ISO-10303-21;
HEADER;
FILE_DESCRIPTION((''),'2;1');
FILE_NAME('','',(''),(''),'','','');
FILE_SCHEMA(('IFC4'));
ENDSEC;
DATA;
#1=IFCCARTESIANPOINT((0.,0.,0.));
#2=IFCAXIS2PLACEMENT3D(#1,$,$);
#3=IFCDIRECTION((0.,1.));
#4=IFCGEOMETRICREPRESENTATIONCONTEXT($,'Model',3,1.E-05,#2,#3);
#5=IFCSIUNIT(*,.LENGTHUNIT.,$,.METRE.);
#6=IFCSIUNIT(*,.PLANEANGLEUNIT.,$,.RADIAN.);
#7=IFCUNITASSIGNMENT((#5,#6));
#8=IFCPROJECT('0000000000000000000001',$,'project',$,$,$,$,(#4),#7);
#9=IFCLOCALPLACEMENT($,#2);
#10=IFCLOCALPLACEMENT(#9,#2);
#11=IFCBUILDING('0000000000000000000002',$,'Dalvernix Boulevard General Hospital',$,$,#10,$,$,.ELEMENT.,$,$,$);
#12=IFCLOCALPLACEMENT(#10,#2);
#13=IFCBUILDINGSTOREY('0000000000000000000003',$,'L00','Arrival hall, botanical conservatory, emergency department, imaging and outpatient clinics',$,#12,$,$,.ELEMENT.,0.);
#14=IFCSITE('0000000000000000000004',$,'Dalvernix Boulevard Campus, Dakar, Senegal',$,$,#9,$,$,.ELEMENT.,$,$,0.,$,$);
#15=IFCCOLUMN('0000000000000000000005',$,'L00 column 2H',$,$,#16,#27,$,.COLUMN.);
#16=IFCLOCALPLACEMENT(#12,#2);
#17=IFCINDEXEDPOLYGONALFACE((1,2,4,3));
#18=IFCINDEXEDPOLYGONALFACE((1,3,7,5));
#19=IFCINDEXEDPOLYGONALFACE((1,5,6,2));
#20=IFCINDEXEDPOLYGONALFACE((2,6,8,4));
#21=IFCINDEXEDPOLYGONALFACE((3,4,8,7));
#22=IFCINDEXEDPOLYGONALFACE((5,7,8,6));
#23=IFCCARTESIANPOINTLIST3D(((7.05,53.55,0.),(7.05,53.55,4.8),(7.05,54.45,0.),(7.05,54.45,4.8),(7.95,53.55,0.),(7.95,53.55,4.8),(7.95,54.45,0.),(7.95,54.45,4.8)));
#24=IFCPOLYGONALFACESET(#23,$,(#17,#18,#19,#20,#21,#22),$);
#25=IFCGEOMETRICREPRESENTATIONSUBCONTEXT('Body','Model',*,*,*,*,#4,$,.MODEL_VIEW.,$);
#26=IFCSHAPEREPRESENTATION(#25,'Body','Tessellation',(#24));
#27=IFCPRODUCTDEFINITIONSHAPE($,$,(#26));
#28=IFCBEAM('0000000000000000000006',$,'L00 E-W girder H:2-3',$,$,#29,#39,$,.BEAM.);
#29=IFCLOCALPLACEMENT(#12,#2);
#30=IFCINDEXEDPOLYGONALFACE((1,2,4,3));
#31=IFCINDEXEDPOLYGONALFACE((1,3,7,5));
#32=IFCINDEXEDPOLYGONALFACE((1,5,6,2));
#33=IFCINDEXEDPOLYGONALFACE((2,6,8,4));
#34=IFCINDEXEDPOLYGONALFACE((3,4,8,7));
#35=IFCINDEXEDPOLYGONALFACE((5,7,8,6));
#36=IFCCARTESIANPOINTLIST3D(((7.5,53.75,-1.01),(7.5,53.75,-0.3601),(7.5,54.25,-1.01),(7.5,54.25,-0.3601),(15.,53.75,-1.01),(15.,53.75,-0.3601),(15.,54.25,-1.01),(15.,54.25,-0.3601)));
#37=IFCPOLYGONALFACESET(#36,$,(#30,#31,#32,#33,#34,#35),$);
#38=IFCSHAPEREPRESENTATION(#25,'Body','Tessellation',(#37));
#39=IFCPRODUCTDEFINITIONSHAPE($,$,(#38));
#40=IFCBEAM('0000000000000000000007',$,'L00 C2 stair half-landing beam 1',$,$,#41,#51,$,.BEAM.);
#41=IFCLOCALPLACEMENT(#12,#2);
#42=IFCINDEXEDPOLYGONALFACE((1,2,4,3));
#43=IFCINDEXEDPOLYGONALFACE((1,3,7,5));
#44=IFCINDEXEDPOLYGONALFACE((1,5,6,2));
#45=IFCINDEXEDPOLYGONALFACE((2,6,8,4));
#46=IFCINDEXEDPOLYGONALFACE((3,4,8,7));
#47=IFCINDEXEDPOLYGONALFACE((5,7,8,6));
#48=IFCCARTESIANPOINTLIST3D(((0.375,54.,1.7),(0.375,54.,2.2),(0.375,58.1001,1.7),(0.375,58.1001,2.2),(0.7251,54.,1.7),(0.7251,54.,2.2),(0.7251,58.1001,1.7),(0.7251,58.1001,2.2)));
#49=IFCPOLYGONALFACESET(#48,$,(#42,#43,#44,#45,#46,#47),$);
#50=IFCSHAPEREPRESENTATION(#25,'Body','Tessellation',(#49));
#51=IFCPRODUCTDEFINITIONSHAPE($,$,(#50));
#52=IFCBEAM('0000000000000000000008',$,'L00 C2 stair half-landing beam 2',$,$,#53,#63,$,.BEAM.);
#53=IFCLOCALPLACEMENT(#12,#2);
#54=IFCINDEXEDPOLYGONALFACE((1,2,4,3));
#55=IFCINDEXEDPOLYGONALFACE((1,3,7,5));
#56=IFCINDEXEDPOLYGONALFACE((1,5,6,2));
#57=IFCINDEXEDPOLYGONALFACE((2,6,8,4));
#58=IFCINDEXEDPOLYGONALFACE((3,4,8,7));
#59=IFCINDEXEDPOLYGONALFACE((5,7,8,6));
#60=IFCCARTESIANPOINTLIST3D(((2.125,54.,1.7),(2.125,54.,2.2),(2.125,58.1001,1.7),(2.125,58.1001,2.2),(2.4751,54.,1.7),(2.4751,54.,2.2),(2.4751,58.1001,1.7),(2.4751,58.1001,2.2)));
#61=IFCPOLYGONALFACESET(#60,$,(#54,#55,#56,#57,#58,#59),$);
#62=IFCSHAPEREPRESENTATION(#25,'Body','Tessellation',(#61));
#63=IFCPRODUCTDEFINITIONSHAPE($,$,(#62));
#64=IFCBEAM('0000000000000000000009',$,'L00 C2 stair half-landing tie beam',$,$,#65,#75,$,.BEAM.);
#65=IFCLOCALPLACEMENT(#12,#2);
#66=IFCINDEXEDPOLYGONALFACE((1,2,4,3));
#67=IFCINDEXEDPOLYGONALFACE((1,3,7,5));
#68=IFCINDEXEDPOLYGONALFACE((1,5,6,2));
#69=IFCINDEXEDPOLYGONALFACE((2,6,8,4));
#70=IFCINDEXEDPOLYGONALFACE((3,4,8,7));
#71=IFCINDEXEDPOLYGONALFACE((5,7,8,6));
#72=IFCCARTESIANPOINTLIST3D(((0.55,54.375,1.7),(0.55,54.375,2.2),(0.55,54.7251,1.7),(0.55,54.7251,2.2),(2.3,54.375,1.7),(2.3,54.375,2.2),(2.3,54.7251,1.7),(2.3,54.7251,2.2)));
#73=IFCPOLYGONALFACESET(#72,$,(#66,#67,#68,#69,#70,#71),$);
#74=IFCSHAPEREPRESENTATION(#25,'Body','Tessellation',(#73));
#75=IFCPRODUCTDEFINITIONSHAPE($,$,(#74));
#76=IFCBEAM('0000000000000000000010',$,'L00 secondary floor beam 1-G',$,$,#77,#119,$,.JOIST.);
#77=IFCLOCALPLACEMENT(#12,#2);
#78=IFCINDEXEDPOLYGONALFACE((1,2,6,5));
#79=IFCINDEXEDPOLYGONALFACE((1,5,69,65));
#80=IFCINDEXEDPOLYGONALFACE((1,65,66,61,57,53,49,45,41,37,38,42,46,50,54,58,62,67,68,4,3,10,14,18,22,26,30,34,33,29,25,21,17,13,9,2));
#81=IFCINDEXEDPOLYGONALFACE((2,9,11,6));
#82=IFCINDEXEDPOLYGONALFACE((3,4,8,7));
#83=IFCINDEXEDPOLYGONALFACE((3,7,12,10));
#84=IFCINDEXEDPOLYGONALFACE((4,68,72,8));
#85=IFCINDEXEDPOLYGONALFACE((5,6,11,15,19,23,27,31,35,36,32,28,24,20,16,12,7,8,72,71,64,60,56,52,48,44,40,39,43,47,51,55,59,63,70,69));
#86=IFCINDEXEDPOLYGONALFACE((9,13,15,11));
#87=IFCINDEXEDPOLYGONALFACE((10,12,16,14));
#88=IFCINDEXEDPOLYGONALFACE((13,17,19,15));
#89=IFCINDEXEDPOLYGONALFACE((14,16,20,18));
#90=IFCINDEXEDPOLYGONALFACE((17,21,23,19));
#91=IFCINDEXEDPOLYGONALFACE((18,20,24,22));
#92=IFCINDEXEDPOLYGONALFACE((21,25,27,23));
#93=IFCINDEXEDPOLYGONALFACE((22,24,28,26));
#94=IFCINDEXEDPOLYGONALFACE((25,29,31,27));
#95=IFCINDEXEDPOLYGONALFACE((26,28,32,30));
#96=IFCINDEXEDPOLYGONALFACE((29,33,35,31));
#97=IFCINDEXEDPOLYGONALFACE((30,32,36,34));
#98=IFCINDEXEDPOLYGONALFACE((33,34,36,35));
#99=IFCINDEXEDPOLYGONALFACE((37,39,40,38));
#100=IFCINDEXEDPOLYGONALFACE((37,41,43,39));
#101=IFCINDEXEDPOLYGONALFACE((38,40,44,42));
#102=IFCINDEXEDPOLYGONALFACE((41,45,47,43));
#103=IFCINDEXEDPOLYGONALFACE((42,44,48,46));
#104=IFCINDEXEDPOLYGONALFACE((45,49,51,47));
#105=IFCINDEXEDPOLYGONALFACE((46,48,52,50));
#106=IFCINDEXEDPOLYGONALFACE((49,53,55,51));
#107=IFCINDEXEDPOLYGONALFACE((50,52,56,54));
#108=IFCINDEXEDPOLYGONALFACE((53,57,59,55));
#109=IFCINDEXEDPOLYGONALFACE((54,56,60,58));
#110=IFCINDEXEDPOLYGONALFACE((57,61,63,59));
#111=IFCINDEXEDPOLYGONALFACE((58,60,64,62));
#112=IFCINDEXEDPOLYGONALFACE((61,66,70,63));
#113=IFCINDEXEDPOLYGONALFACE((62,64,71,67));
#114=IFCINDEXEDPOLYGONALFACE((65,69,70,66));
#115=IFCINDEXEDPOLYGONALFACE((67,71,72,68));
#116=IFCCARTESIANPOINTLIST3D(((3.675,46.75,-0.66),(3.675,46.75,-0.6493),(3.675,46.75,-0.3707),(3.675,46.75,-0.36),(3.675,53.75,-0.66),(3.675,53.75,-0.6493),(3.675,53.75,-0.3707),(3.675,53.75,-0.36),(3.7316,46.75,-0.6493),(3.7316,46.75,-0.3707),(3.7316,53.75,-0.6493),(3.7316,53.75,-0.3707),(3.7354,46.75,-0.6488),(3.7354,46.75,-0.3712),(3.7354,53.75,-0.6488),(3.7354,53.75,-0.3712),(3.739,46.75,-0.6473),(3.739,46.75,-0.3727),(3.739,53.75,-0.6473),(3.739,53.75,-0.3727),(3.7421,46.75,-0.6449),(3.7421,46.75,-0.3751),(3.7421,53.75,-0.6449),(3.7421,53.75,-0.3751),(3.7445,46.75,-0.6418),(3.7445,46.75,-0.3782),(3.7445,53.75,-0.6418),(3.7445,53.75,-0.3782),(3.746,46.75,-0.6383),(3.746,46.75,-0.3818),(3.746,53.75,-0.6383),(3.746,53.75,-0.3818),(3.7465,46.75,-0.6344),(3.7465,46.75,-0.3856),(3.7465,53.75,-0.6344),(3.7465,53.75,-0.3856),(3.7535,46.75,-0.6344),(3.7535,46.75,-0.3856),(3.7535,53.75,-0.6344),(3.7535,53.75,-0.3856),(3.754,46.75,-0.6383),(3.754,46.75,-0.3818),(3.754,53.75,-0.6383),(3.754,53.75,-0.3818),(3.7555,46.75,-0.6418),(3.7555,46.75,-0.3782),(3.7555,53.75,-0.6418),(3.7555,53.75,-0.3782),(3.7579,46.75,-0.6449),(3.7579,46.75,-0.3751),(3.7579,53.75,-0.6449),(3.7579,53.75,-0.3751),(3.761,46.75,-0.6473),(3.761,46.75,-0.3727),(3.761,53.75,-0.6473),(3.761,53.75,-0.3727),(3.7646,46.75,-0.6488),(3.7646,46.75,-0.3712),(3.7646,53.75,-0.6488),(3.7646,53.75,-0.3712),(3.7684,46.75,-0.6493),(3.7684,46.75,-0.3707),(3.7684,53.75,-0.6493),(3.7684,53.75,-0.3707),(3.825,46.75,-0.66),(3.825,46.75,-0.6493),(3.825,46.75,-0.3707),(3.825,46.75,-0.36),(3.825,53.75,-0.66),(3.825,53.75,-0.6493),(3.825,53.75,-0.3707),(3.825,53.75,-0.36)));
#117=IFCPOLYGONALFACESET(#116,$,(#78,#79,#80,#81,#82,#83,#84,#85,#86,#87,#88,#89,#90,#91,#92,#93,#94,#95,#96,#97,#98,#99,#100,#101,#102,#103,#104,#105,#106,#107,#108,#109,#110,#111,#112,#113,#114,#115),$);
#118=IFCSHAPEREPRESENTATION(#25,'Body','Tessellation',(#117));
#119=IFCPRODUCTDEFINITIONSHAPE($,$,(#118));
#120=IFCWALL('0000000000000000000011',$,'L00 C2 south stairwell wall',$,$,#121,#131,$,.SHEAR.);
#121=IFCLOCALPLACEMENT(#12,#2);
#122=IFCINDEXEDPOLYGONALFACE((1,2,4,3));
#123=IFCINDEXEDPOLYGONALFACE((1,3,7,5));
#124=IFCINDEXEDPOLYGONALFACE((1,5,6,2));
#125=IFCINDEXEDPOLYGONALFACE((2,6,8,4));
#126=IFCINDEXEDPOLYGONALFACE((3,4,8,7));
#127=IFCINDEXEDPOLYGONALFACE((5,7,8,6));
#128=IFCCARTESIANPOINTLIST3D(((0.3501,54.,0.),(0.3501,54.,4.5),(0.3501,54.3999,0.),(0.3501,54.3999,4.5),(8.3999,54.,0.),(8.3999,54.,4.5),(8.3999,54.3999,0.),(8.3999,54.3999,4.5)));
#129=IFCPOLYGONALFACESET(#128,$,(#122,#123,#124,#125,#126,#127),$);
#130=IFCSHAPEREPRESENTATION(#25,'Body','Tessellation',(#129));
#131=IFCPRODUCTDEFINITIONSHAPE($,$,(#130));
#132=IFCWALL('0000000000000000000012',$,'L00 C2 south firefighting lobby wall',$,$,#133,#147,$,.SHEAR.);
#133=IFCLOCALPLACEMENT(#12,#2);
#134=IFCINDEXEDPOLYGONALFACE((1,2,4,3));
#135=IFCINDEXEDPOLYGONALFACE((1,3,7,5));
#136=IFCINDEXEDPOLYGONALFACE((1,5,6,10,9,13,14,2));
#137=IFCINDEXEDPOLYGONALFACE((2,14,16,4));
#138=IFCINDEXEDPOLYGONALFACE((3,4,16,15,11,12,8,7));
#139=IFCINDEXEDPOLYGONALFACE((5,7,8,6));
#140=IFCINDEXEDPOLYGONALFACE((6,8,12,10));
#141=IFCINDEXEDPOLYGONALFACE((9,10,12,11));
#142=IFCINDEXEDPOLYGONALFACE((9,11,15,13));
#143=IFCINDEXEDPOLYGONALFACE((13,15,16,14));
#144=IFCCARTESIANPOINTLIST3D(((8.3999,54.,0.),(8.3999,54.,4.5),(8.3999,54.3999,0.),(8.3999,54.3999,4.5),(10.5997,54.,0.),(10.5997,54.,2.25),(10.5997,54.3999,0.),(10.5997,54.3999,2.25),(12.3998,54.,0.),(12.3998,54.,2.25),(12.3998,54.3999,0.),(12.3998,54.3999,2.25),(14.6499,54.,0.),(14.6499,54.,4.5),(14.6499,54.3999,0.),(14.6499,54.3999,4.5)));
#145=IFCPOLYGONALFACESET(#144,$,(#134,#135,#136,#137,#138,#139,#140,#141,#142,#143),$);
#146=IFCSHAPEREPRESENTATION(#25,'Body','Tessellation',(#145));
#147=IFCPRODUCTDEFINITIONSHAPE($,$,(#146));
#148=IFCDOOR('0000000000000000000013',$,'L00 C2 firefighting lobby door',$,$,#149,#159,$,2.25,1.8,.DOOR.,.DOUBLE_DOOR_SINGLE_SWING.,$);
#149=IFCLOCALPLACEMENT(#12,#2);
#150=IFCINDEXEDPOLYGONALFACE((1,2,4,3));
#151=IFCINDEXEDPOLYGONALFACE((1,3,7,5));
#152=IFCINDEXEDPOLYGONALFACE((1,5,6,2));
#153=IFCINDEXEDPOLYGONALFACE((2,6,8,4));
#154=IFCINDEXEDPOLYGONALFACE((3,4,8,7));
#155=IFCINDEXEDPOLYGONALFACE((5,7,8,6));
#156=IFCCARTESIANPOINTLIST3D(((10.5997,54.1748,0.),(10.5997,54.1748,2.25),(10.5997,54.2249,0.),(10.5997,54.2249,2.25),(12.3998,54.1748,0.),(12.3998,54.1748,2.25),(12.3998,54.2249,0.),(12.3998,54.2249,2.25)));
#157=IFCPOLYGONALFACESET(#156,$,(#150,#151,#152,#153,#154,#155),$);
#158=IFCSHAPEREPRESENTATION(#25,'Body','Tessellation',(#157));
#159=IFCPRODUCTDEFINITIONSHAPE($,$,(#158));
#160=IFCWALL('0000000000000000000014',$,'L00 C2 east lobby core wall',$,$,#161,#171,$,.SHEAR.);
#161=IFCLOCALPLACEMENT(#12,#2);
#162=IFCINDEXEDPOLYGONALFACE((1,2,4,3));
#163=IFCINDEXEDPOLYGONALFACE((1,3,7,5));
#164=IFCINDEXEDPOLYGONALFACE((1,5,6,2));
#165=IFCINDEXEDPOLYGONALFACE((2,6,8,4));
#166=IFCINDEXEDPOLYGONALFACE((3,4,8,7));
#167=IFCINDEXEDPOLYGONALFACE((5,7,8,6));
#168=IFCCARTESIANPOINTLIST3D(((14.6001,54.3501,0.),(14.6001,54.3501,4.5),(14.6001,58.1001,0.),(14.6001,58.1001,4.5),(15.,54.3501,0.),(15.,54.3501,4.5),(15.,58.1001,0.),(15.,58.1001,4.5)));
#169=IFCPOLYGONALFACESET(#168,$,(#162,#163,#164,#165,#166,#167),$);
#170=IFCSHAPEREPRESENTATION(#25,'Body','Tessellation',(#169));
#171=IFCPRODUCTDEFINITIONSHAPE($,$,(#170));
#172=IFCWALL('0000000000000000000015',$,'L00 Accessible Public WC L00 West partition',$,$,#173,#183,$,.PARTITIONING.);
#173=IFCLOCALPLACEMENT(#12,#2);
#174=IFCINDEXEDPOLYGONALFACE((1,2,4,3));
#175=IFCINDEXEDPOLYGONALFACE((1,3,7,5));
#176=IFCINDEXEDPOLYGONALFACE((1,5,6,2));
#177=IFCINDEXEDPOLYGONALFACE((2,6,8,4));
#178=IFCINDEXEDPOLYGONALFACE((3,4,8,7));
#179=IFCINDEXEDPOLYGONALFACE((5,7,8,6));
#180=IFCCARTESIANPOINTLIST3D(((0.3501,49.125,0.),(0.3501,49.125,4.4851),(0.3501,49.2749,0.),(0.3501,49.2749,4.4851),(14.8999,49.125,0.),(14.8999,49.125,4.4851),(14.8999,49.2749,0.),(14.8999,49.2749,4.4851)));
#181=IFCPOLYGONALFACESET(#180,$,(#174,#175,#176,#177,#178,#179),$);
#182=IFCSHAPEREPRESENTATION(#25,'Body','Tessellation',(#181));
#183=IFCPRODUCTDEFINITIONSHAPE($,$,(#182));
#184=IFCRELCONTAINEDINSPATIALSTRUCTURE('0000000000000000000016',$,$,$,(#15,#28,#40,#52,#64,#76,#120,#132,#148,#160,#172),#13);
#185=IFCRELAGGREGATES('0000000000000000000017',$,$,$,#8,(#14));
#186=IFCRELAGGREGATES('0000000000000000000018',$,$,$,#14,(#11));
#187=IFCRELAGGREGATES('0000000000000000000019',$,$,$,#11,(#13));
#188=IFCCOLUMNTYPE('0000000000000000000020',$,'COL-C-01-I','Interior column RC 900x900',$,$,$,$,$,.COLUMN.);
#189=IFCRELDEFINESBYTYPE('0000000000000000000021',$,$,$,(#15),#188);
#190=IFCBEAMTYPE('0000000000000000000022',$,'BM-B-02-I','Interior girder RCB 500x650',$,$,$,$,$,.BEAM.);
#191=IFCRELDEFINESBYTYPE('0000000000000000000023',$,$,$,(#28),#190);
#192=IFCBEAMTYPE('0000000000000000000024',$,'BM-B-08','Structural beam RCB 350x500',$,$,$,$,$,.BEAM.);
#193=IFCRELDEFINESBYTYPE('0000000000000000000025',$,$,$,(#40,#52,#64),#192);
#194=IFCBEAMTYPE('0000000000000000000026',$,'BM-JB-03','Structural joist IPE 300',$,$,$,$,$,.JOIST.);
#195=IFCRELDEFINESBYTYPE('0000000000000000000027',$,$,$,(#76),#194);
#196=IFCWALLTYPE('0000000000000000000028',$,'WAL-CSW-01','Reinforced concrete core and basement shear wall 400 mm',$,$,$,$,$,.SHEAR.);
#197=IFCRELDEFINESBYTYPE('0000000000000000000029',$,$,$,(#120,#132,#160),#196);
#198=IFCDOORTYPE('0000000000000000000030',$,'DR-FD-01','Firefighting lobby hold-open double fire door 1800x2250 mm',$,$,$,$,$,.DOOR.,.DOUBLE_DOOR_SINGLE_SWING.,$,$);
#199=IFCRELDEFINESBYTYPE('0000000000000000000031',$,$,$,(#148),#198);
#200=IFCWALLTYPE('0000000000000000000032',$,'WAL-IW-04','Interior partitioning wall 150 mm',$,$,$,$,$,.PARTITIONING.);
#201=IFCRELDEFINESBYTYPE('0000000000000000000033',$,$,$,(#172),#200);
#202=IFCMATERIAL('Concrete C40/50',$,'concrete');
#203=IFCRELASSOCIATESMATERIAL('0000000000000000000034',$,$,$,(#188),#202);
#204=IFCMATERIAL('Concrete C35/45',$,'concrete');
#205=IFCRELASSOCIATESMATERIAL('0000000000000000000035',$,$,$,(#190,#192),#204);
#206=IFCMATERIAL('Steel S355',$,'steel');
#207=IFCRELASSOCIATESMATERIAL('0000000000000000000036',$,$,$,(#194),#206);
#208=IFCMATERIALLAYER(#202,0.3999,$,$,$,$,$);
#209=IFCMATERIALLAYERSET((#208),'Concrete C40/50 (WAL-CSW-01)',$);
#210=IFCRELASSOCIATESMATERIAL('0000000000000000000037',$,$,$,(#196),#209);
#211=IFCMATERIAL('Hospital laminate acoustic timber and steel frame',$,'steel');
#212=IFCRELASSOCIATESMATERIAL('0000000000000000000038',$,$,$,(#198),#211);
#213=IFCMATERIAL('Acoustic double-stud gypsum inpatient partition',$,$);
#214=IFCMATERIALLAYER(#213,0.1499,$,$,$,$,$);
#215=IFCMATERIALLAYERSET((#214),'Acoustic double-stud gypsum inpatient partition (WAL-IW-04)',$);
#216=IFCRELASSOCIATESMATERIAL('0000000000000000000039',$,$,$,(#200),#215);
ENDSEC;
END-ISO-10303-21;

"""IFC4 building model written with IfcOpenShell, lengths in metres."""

from ifc_helpers import new_model, si_unit, direction, frame, frame_2d, origin, origin_2d, place, context, subcontext, project, spatial, rectangle, i_section, extrude, material, layer, layer_set, material_profile, profile_set, type_object, element, fill, save


model = new_model("IFC4")

# Units and contexts
model_context = context("Model", 3, precision=1e-05, world=origin(), true_north=direction((0.0, 1.0)))
body_context = subcontext(model_context, "Body", "Model", "MODEL_VIEW")
ifc_project = project(units=[si_unit("LENGTHUNIT", "METRE"), si_unit("PLANEANGLEUNIT", "RADIAN")], contexts=[model_context])

# Site, building, storey
site_placement = place(None, origin())
site = spatial("IfcSite", under=ifc_project, at=site_placement, Name="Dalvernix Boulevard Campus, Dakar, Senegal", CompositionType="ELEMENT", RefElevation=0.0)
building_placement = place(site_placement, origin())
building = spatial("IfcBuilding", under=site, at=building_placement, Name="Dalvernix Boulevard General Hospital", CompositionType="ELEMENT")
storey_placement = place(building_placement, origin())
storey = spatial("IfcBuildingStorey", under=building, at=storey_placement, Name="L00", Description="Arrival hall, botanical conservatory, emergency department, imaging and outpatient clinics", CompositionType="ELEMENT", Elevation=0.0)

# Column
ifc_material_1 = material(Name="Concrete C40/50", Category="concrete")
ifc_material_profile_1 = material_profile(ifc_material_1, rectangle(XDim=0.8999, YDim=0.8999, at=origin_2d()), Name="RC 900x900")
ifc_profile_set_1 = profile_set([ifc_material_profile_1], Name="Concrete C40/50")
column_type = type_object("IfcColumnType", Name="COL-C-01-I", Description="Interior column RC 900x900", PredefinedType="COLUMN", material=ifc_profile_set_1)
column_placement = place(storey_placement, frame((7.5, 54.0, 0.0), z_axis=(0.0, 0.0, 1.0), x_axis=(1.0, 0.0, 0.0)))
element("IfcColumn", 1, at=column_placement, inside=storey, type_object=column_type, Name="L00 column 2H", PredefinedType="COLUMN", context=body_context, shape_type="SweptSolid", body=[
    extrude(rectangle(XDim=0.8999, YDim=0.8999, at=origin_2d()), origin(), (0.0, 0.0, 1.0), 4.8),
])

# Beams
ifc_material_2 = material(Name="Concrete C35/45", Category="concrete")
ifc_material_profile_2 = material_profile(ifc_material_2, rectangle(XDim=0.5, YDim=0.6499, at=origin_2d()), Name="RCB 500x650")
ifc_profile_set_2 = profile_set([ifc_material_profile_2], Name="Concrete C35/45")
beam_type_1 = type_object("IfcBeamType", Name="BM-B-02-I", Description="Interior girder RCB 500x650", PredefinedType="BEAM", material=ifc_profile_set_2)
beam_1_placement = place(storey_placement, frame((7.5, 54.0, -0.6851), z_axis=(1.0, 0.0, 0.0), x_axis=(0.0, 1.0, 0.0)))
element("IfcBeam", 2, at=beam_1_placement, inside=storey, type_object=beam_type_1, Name="L00 E-W girder H:2-3", PredefinedType="BEAM", context=body_context, shape_type="SweptSolid", body=[
    extrude(rectangle(XDim=0.5, YDim=0.6499, at=origin_2d()), origin(), (0.0, 0.0, 1.0), 7.5),
])
ifc_material_profile_3 = material_profile(ifc_material_2, rectangle(XDim=0.3501, YDim=0.5, at=origin_2d()), Name="RCB 350x500")
ifc_profile_set_3 = profile_set([ifc_material_profile_3], Name="Concrete C35/45")
beam_type_2 = type_object("IfcBeamType", Name="BM-B-08", Description="Structural beam RCB 350x500", PredefinedType="BEAM", material=ifc_profile_set_3)
for number, where, z_axis, x_axis, name in (
    (3, (0.55, 54.0, 1.95), (0.0, 1.0, 0.0), (-1.0, 0.0, 0.0), "L00 C2 stair half-landing beam 1"),
    (4, (2.3, 54.0, 1.95), (0.0, 1.0, 0.0), (-1.0, 0.0, 0.0), "L00 C2 stair half-landing beam 2"),
):
    element("IfcBeam", number, at=place(storey_placement, frame(where, z_axis=z_axis, x_axis=x_axis)), inside=storey, type_object=beam_type_2, Name=name, PredefinedType="BEAM", context=body_context, shape_type="SweptSolid", body=[
        extrude(rectangle(XDim=0.3501, YDim=0.5, at=origin_2d()), origin(), (0.0, 0.0, 1.0), 4.1001),
    ])
beam_2_placement = place(storey_placement, frame((0.55, 54.55, 1.95), z_axis=(1.0, 0.0, 0.0), x_axis=(0.0, 1.0, 0.0)))
element("IfcBeam", 5, at=beam_2_placement, inside=storey, type_object=beam_type_2, Name="L00 C2 stair half-landing tie beam", PredefinedType="BEAM", context=body_context, shape_type="SweptSolid", body=[
    extrude(rectangle(XDim=0.3501, YDim=0.5, at=origin_2d()), origin(), (0.0, 0.0, 1.0), 1.75),
])
ifc_material_3 = material(Name="Steel S355", Category="steel")
ifc_material_profile_4 = material_profile(ifc_material_3, i_section(OverallWidth=0.1499, OverallDepth=0.3, WebThickness=0.0071, FlangeThickness=0.0107, FilletRadius=0.0149, at=origin_2d()), Name="IPE 300")
ifc_profile_set_4 = profile_set([ifc_material_profile_4], Name="Steel S355")
beam_type_3 = type_object("IfcBeamType", Name="BM-JB-03", Description="Structural joist IPE 300", PredefinedType="JOIST", material=ifc_profile_set_4)
beam_3_placement = place(storey_placement, frame((3.75, 46.75, -0.51), z_axis=(0.0, 1.0, 0.0), x_axis=(-1.0, 0.0, 0.0)))
element("IfcBeam", 6, at=beam_3_placement, inside=storey, type_object=beam_type_3, Name="L00 secondary floor beam 1-G", PredefinedType="JOIST", context=body_context, shape_type="SweptSolid", body=[
    extrude(i_section(OverallWidth=0.1499, OverallDepth=0.3, WebThickness=0.0071, FlangeThickness=0.0107, FilletRadius=0.0149, at=origin_2d()), origin(), (0.0, 0.0, 1.0), 7.0),
])

# Wall
ifc_layer_1 = layer(ifc_material_1, 0.3999)
ifc_layer_set_1 = layer_set([ifc_layer_1], Name="Concrete C40/50 (WAL-CSW-01)")
wall_type_1 = type_object("IfcWallType", Name="WAL-CSW-01", Description="Reinforced concrete core and basement shear wall 400 mm", PredefinedType="SHEAR", material=ifc_layer_set_1)
wall_1_placement = place(storey_placement, frame((0.3501, 54.2, 0.0), z_axis=(0.0, 0.0, 1.0), x_axis=(1.0, 0.0, 0.0)))
element("IfcWall", 7, at=wall_1_placement, inside=storey, type_object=wall_type_1, Name="L00 C2 south stairwell wall", PredefinedType="SHEAR", context=body_context, shape_type="SweptSolid", body=[
    extrude(rectangle(XDim=8.0498, YDim=0.3999, at=frame_2d((4.0249, 0.0))), origin(), (0.0, 0.0, 1.0), 4.5),
])

# Wall, opening, door
wall_2_placement = place(storey_placement, frame((8.3999, 54.2, 0.0), z_axis=(0.0, 0.0, 1.0), x_axis=(1.0, 0.0, 0.0)))
wall_2 = element("IfcWall", 8, at=wall_2_placement, inside=storey, type_object=wall_type_1, Name="L00 C2 south firefighting lobby wall", PredefinedType="SHEAR", context=body_context, shape_type="SweptSolid", body=[
    extrude(rectangle(XDim=6.25, YDim=0.3999, at=frame_2d((3.125, 0.0))), origin(), (0.0, 0.0, 1.0), 4.5),
])
opening_placement = place(wall_2_placement, frame((2.2, 0.0, 0.0)))
opening = element("IfcOpeningElement", 9, at=opening_placement, cuts=wall_2, PredefinedType="OPENING", context=body_context, shape_type="SweptSolid", body=[
    extrude(rectangle(XDim=1.8, YDim=2.25, at=frame_2d((0.8999, 1.125))), frame((0.0, 0.21, 0.0), z_axis=(0.0, -1.0, 0.0), x_axis=(1.0, 0.0, 0.0)), (0.0, 0.0, 1.0), 0.4199),
])
ifc_material_4 = material(Name="Hospital laminate acoustic timber and steel frame", Category="steel")
door_type = type_object("IfcDoorType", Name="DR-FD-01", Description="Firefighting lobby hold-open double fire door 1800x2250 mm", OperationType="DOUBLE_DOOR_SINGLE_SWING", PredefinedType="DOOR", material=ifc_material_4)
door_placement = place(opening_placement, origin())
door = element("IfcDoor", 10, at=door_placement, inside=storey, type_object=door_type, Name="L00 C2 firefighting lobby door", OperationType="DOUBLE_DOOR_SINGLE_SWING", OverallHeight=2.25, OverallWidth=1.8, PredefinedType="DOOR", context=body_context, shape_type="SweptSolid", body=[
    extrude(rectangle(XDim=1.8, YDim=2.25, at=frame_2d((0.8999, 1.125))), frame((0.0, 0.0249, 0.0), z_axis=(0.0, -1.0, 0.0), x_axis=(1.0, 0.0, 0.0)), (0.0, 0.0, 1.0), 0.05),
])
fill(opening, door)

# Walls
wall_3_placement = place(storey_placement, frame((14.8, 54.3501, 0.0), z_axis=(0.0, 0.0, 1.0), x_axis=(0.0, 1.0, 0.0)))
element("IfcWall", 11, at=wall_3_placement, inside=storey, type_object=wall_type_1, Name="L00 C2 east lobby core wall", PredefinedType="SHEAR", context=body_context, shape_type="SweptSolid", body=[
    extrude(rectangle(XDim=3.75, YDim=0.3999, at=frame_2d((1.875, 0.0))), origin(), (0.0, 0.0, 1.0), 4.5),
])
ifc_material_5 = material(Name="Acoustic double-stud gypsum inpatient partition")
ifc_layer_2 = layer(ifc_material_5, 0.1499)
ifc_layer_set_2 = layer_set([ifc_layer_2], Name="Acoustic double-stud gypsum inpatient partition (WAL-IW-04)")
wall_type_2 = type_object("IfcWallType", Name="WAL-IW-04", Description="Interior partitioning wall 150 mm", PredefinedType="PARTITIONING", material=ifc_layer_set_2)
wall_4_placement = place(storey_placement, frame((0.3501, 49.2, 0.0), z_axis=(0.0, 0.0, 1.0), x_axis=(1.0, 0.0, 0.0)))
element("IfcWall", 12, at=wall_4_placement, inside=storey, type_object=wall_type_2, Name="L00 Accessible Public WC L00 West partition", PredefinedType="PARTITIONING", context=body_context, shape_type="SweptSolid", body=[
    extrude(rectangle(XDim=14.5498, YDim=0.1499, at=frame_2d((7.2749, 0.0))), origin(), (0.0, 0.0, 1.0), 4.4851),
])

save(model, "model.ifc")
